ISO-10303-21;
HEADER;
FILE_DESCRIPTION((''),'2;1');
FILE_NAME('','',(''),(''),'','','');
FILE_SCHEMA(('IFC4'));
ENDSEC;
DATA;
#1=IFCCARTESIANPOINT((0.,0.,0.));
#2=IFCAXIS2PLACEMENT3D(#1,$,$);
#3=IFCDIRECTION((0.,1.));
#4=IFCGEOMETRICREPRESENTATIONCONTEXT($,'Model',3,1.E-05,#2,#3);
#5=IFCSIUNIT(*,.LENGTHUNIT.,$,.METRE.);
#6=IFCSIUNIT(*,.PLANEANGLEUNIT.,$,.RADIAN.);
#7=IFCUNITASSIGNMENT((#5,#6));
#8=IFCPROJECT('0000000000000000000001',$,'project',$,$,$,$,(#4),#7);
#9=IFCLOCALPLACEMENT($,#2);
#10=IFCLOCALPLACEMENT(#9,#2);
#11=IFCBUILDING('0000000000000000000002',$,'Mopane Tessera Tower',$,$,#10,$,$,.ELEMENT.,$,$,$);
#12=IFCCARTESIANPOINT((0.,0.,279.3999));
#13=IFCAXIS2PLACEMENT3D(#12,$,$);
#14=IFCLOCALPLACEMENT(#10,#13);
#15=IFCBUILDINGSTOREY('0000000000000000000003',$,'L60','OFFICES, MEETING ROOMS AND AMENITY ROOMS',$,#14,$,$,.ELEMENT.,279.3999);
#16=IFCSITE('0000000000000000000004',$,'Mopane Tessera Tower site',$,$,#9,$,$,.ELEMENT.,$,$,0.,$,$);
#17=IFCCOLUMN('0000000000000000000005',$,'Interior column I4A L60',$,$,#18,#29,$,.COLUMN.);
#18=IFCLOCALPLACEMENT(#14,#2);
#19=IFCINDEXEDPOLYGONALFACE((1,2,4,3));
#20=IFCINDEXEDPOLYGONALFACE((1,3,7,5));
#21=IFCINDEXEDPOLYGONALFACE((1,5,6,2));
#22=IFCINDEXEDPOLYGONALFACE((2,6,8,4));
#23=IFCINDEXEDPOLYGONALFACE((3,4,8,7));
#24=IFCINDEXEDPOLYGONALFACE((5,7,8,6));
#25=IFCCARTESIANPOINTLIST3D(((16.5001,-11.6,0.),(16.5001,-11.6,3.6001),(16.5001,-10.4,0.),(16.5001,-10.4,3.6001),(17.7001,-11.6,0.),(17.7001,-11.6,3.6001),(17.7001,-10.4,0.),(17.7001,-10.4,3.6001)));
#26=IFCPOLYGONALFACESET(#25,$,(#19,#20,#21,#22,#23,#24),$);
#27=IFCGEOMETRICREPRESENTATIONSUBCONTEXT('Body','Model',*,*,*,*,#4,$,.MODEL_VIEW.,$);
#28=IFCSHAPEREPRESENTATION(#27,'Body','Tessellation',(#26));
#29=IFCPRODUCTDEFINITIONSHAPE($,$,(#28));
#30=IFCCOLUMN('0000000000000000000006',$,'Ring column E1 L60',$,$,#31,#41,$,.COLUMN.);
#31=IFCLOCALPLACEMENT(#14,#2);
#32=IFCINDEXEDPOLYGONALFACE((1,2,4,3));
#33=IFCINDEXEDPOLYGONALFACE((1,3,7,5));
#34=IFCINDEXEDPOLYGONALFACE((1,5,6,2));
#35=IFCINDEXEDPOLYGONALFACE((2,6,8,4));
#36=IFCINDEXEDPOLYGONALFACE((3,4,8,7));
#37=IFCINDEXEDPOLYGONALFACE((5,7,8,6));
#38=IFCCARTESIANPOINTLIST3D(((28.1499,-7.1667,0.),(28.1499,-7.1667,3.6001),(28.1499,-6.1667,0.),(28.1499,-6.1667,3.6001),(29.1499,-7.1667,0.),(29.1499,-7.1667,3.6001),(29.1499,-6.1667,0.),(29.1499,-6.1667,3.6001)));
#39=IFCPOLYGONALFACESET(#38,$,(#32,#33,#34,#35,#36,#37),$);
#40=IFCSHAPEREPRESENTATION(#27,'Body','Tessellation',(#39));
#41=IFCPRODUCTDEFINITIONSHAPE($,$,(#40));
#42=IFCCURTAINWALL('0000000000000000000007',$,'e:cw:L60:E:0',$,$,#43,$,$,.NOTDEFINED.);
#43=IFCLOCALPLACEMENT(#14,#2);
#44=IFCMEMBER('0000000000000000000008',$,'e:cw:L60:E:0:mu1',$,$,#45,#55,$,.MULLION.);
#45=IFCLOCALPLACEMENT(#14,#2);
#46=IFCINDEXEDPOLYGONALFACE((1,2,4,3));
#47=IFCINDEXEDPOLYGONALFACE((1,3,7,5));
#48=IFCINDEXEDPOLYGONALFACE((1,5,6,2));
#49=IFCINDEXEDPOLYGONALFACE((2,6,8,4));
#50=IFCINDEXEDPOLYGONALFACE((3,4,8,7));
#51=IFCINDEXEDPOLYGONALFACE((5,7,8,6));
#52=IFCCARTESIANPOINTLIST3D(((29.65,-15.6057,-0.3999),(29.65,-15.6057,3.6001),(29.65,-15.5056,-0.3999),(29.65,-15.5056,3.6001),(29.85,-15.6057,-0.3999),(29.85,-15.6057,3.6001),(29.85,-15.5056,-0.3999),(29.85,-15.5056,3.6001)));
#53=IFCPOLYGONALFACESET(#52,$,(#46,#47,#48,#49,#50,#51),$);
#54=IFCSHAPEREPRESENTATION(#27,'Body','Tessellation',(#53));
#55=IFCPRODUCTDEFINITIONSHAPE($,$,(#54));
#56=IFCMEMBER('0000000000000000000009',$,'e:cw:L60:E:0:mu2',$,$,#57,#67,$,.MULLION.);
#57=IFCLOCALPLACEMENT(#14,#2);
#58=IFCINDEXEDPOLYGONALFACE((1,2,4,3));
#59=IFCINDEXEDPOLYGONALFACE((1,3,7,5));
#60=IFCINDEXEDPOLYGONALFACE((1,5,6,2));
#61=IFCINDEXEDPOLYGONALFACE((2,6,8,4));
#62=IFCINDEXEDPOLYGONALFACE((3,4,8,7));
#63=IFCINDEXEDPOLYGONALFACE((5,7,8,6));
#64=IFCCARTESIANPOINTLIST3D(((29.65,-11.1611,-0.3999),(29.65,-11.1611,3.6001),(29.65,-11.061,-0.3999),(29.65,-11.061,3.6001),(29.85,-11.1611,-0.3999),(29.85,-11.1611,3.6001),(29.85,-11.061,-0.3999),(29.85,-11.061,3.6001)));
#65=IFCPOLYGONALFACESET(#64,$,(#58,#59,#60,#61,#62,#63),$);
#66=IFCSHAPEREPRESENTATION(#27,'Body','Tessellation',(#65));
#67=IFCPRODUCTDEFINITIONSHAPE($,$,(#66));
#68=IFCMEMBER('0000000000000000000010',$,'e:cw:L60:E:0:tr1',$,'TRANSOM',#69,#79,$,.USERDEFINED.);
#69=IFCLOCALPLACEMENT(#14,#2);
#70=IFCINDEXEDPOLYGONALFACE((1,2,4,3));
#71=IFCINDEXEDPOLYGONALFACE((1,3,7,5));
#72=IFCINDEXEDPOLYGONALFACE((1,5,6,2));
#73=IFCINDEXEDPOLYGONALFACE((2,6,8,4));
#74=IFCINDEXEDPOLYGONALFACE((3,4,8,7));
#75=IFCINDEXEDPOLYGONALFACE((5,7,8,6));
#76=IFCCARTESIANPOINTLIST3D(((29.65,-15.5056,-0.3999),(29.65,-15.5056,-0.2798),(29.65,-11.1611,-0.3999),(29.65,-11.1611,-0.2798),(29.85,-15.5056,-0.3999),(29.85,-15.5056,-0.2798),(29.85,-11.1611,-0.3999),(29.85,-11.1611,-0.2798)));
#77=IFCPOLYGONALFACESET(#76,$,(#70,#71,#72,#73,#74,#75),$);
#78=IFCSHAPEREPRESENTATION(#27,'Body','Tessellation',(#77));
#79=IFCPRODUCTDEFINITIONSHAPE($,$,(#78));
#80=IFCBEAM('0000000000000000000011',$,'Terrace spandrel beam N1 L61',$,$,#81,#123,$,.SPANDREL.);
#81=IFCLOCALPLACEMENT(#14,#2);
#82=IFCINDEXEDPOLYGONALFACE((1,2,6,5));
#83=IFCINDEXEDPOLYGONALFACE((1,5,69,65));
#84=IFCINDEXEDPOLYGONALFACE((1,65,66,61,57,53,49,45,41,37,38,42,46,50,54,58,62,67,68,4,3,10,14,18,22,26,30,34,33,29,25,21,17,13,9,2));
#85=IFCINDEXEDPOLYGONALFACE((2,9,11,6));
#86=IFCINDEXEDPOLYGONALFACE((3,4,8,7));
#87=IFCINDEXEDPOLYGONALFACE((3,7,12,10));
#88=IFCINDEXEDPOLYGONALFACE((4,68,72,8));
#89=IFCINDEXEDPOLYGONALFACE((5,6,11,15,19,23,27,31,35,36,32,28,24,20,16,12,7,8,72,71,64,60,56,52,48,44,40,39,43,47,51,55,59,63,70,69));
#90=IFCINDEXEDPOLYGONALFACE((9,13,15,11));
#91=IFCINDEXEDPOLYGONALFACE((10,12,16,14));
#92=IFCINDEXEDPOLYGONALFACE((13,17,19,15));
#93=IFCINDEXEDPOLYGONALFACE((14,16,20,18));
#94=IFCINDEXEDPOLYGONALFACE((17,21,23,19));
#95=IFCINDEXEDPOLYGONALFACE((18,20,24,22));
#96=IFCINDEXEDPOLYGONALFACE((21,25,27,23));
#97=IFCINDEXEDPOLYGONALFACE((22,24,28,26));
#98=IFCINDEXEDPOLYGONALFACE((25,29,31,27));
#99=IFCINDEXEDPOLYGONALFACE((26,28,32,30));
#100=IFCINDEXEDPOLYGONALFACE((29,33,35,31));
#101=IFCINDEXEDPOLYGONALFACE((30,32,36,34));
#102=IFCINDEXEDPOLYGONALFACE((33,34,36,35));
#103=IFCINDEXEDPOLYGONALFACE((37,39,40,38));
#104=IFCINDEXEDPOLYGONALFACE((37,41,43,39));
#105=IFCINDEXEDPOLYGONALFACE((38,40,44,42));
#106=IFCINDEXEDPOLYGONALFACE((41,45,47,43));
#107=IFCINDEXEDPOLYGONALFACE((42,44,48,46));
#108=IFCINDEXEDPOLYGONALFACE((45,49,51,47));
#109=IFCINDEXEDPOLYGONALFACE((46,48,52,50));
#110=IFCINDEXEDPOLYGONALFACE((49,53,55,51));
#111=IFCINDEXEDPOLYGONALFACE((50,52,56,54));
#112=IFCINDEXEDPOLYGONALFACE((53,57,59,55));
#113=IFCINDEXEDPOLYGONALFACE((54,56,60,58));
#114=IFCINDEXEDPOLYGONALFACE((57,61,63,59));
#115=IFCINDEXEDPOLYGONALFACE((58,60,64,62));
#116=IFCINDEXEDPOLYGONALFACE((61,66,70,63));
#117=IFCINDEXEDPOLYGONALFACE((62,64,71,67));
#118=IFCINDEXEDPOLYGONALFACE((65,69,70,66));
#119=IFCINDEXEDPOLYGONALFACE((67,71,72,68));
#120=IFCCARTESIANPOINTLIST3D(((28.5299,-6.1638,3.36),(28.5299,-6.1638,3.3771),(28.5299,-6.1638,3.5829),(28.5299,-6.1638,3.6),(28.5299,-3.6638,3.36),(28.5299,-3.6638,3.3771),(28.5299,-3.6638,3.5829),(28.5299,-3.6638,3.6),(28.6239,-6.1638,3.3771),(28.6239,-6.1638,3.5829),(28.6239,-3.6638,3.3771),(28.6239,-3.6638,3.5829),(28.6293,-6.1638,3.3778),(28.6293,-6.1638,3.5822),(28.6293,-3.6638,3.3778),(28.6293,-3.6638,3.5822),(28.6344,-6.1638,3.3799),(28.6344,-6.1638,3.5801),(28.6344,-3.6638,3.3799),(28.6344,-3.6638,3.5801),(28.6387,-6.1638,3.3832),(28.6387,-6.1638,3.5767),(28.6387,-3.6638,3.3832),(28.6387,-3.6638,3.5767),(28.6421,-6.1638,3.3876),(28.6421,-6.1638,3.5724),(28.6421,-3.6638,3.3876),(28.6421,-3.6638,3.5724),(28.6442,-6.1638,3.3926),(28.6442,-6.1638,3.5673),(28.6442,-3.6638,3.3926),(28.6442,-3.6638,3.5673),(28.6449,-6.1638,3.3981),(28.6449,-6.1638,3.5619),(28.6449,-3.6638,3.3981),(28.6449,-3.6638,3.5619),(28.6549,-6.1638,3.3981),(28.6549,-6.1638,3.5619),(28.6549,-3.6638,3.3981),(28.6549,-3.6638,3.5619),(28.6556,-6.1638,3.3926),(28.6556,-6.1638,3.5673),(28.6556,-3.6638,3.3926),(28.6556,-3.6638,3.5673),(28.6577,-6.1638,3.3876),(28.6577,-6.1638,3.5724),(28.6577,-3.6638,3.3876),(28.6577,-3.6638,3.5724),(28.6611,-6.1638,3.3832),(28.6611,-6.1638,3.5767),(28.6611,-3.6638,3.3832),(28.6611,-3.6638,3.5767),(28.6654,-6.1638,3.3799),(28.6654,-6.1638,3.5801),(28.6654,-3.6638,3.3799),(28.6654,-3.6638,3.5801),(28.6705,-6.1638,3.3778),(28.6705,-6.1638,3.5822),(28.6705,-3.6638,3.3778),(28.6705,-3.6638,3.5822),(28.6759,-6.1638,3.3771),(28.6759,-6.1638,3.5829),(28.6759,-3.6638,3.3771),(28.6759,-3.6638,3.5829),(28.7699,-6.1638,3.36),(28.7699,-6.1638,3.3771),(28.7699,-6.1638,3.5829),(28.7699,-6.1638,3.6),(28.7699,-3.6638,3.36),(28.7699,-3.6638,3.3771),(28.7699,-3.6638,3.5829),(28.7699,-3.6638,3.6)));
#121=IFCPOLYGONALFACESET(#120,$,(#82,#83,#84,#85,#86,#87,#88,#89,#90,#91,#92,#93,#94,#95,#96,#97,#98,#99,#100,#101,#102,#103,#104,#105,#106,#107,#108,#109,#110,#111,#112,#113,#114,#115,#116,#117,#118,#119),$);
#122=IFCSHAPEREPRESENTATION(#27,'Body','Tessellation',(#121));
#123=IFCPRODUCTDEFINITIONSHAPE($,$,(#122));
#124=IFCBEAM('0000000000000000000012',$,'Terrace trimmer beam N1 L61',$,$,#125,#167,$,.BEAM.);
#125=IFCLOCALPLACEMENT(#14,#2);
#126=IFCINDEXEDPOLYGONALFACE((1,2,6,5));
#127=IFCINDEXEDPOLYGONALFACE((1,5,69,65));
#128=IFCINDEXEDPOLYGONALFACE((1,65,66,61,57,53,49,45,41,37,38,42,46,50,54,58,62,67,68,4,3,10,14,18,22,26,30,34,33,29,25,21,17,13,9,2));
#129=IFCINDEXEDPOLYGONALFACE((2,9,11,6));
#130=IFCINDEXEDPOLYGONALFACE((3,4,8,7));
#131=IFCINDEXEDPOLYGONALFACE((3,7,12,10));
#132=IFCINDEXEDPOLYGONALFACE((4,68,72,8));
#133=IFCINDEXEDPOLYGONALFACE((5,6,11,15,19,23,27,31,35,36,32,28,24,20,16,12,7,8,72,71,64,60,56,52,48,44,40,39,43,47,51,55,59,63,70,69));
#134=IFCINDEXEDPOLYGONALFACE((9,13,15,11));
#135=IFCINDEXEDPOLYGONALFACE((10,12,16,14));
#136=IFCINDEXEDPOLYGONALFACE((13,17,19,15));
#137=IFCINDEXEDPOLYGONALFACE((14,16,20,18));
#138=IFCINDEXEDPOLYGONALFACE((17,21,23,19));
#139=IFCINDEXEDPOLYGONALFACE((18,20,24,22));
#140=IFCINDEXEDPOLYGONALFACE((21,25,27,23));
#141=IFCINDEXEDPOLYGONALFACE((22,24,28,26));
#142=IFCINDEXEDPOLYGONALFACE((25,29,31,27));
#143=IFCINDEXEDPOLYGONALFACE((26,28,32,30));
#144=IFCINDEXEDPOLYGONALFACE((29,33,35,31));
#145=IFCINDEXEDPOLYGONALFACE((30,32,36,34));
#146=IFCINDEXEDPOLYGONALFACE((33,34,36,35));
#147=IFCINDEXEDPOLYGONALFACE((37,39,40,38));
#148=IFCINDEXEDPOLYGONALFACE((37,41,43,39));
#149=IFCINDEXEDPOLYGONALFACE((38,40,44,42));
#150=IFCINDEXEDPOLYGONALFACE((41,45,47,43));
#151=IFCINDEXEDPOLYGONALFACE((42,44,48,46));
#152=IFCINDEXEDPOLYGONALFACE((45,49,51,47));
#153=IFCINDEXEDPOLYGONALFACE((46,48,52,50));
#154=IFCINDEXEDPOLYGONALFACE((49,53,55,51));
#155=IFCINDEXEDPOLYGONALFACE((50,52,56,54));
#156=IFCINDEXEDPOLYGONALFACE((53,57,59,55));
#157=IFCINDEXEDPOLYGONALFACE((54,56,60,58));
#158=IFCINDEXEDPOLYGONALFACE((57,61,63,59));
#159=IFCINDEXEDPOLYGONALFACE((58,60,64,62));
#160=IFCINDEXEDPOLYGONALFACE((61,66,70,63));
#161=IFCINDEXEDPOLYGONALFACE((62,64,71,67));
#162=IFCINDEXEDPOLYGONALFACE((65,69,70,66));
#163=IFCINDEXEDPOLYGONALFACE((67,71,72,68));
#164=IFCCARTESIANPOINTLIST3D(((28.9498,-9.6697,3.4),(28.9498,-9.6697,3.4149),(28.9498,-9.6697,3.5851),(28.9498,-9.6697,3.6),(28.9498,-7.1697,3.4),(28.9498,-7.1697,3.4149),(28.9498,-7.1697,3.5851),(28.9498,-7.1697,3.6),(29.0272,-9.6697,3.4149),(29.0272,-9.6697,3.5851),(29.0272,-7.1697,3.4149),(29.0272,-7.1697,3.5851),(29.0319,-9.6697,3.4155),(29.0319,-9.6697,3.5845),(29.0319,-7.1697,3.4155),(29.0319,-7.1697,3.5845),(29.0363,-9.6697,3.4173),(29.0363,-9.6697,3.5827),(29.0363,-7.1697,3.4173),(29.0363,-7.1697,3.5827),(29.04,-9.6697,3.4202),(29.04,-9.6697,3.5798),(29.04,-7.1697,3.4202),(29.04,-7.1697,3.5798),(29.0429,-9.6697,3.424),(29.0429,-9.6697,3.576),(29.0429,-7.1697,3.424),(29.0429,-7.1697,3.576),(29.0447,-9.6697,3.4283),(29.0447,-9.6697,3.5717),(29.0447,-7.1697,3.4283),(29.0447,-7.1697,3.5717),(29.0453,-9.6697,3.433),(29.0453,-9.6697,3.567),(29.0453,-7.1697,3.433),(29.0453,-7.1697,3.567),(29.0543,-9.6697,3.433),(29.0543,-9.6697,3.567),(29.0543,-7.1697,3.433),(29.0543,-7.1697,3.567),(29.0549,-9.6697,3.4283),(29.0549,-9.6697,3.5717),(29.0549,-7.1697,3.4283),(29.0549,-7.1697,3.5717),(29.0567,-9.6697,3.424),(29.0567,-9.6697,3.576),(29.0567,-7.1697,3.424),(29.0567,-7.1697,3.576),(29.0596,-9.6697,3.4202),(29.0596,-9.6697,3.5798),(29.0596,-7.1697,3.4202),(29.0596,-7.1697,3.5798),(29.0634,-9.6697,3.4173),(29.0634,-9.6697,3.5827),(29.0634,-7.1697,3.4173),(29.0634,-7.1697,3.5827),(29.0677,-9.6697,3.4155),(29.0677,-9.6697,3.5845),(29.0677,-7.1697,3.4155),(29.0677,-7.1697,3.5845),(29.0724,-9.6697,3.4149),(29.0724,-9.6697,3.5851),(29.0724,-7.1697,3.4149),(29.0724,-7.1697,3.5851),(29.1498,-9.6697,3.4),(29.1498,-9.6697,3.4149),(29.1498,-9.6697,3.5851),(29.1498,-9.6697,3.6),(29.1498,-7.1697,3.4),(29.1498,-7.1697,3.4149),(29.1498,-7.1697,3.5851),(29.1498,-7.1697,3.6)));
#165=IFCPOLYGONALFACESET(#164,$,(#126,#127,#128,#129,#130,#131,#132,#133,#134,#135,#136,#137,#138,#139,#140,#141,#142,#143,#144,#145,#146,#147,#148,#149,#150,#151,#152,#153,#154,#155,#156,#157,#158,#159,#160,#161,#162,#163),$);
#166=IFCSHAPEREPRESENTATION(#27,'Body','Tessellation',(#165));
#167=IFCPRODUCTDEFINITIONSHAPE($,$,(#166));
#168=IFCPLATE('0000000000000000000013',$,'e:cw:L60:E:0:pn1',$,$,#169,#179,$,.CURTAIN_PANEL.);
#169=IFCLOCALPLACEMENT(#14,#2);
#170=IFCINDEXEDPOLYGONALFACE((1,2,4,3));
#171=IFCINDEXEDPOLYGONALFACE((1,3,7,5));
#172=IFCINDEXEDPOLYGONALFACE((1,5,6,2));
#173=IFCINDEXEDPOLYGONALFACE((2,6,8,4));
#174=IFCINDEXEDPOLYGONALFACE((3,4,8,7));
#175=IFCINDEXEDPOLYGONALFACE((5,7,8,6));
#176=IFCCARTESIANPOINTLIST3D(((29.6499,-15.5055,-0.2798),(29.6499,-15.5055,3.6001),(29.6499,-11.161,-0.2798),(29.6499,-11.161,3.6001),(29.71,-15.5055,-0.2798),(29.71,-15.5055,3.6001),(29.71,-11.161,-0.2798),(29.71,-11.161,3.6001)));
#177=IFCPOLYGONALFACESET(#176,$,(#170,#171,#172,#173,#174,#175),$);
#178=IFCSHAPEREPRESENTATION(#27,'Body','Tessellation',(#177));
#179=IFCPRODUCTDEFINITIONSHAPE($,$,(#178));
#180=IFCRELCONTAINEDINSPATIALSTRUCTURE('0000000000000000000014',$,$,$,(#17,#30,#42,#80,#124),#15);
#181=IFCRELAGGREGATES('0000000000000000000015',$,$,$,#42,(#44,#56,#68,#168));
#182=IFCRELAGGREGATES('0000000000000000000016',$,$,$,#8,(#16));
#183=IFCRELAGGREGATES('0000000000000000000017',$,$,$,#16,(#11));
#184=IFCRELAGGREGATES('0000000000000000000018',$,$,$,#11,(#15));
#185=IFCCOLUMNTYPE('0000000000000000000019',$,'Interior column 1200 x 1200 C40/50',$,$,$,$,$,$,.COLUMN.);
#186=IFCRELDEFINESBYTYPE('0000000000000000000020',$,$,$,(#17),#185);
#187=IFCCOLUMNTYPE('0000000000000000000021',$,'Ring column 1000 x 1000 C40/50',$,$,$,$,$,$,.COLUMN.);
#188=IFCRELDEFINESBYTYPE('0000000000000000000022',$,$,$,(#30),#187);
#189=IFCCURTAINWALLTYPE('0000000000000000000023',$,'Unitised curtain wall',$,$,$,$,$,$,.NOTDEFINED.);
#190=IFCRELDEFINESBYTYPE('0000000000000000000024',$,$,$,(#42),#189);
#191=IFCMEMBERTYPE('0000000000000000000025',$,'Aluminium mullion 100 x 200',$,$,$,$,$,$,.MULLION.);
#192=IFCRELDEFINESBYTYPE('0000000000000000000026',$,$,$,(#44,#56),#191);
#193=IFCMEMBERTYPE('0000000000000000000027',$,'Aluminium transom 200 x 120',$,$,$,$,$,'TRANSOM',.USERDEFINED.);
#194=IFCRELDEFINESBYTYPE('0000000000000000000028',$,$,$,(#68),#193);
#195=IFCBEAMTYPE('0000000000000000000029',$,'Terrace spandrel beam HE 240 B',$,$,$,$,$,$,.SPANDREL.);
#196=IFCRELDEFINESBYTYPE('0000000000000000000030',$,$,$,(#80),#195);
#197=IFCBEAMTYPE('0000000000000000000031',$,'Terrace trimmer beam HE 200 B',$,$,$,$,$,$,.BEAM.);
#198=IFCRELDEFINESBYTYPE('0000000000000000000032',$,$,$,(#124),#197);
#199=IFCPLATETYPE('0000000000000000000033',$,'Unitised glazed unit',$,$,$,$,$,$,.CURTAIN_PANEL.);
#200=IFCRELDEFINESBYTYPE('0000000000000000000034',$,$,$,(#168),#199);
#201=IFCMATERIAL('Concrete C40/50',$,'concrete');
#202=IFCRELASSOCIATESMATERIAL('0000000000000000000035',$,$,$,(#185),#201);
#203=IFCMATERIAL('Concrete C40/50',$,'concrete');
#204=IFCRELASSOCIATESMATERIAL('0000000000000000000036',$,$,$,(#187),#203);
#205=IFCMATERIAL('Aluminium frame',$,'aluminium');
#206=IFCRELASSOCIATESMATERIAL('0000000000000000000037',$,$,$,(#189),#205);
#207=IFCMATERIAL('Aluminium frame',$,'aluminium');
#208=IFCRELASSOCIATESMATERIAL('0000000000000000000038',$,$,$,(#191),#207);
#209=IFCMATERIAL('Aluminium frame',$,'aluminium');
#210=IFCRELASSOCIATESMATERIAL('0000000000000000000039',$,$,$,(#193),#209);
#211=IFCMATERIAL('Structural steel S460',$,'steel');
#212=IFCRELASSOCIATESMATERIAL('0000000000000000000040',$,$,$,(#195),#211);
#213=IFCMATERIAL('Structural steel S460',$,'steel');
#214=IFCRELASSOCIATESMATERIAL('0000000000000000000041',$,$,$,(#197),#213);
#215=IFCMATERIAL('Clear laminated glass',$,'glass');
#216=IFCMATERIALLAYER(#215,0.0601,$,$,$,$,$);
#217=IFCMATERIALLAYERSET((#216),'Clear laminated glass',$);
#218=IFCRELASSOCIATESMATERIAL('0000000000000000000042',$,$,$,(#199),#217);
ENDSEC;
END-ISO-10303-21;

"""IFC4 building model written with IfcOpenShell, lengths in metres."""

from ifc_helpers import new_model, si_unit, direction, frame, origin, origin_2d, place, context, subcontext, project, spatial, rectangle, i_section, extrude, material, layer, layer_set, material_profile, profile_set, type_object, element, aggregate, save


model = new_model("IFC4")

# Units and contexts
model_context = context("Model", 3, precision=1e-05, world=origin(), true_north=direction((0.0, 1.0)))
body_context = subcontext(model_context, "Body", "Model", "MODEL_VIEW")
ifc_project = project(units=[si_unit("LENGTHUNIT", "METRE"), si_unit("PLANEANGLEUNIT", "RADIAN")], contexts=[model_context])

# Site, building, storey
site_placement = place(None, origin())
site = spatial("IfcSite", under=ifc_project, at=site_placement, Name="Mopane Tessera Tower site", CompositionType="ELEMENT", RefElevation=0.0)
building_placement = place(site_placement, origin())
building = spatial("IfcBuilding", under=site, at=building_placement, Name="Mopane Tessera Tower", CompositionType="ELEMENT")
storey_placement = place(building_placement, frame((0.0, 0.0, 279.3999)))
storey = spatial("IfcBuildingStorey", under=building, at=storey_placement, Name="L60", Description="OFFICES, MEETING ROOMS AND AMENITY ROOMS", CompositionType="ELEMENT", Elevation=279.3999)

# Columns
ifc_material_1 = material(Name="Concrete C40/50", Category="concrete")
ifc_material_profile_1 = material_profile(ifc_material_1, rectangle(XDim=1.2, YDim=1.2, at=origin_2d()))
ifc_profile_set_1 = profile_set([ifc_material_profile_1], Name="Concrete C40/50")
column_type_1 = type_object("IfcColumnType", Name="Interior column 1200 x 1200 C40/50", PredefinedType="COLUMN", material=ifc_profile_set_1)
column_1_placement = place(storey_placement, frame((17.1001, -11.0, 0.0), z_axis=(0.0, 0.0, 1.0), x_axis=(1.0, 0.0, 0.0)))
element("IfcColumn", 1, at=column_1_placement, inside=storey, type_object=column_type_1, Name="Interior column I4A L60", PredefinedType="COLUMN", context=body_context, shape_type="SweptSolid", body=[
    extrude(rectangle(XDim=1.2, YDim=1.2, at=origin_2d()), origin(), (0.0, 0.0, 1.0), 3.6001),
])
ifc_material_2 = material(Name="Concrete C40/50", Category="concrete")
ifc_material_profile_2 = material_profile(ifc_material_2, rectangle(XDim=1.0, YDim=1.0, at=origin_2d()))
ifc_profile_set_2 = profile_set([ifc_material_profile_2], Name="Concrete C40/50")
column_type_2 = type_object("IfcColumnType", Name="Ring column 1000 x 1000 C40/50", PredefinedType="COLUMN", material=ifc_profile_set_2)
column_2_placement = place(storey_placement, frame((28.6499, -6.6667, 0.0), z_axis=(0.0, 0.0, 1.0), x_axis=(1.0, 0.0, 0.0)))
element("IfcColumn", 2, at=column_2_placement, inside=storey, type_object=column_type_2, Name="Ring column E1 L60", PredefinedType="COLUMN", context=body_context, shape_type="SweptSolid", body=[
    extrude(rectangle(XDim=1.0, YDim=1.0, at=origin_2d()), origin(), (0.0, 0.0, 1.0), 3.6001),
])

# Curtain wall, members
ifc_material_3 = material(Name="Aluminium frame", Category="aluminium")
curtain_wall_type = type_object("IfcCurtainWallType", Name="Unitised curtain wall", PredefinedType="NOTDEFINED", material=ifc_material_3)
curtain_wall_placement = place(storey_placement, origin())
curtain_wall = element("IfcCurtainWall", 3, at=curtain_wall_placement, inside=storey, type_object=curtain_wall_type, Name="e:cw:L60:E:0", PredefinedType="NOTDEFINED")
ifc_material_4 = material(Name="Aluminium frame", Category="aluminium")
ifc_material_profile_3 = material_profile(ifc_material_4, rectangle(XDim=0.1001, YDim=0.2, at=origin_2d()))
ifc_profile_set_3 = profile_set([ifc_material_profile_3], Name="Aluminium frame")
member_type_1 = type_object("IfcMemberType", Name="Aluminium mullion 100 x 200", PredefinedType="MULLION", material=ifc_profile_set_3)
member_1_placement = place(storey_placement, frame((29.75, -15.5557, -0.3999), z_axis=(0.0, 0.0, 1.0), x_axis=(0.0, 1.0, 0.0)))
member_1 = element("IfcMember", 4, at=member_1_placement, type_object=member_type_1, Name="e:cw:L60:E:0:mu1", PredefinedType="MULLION", context=body_context, shape_type="SweptSolid", body=[
    extrude(rectangle(XDim=0.1001, YDim=0.2, at=origin_2d()), origin(), (0.0, 0.0, 1.0), 4.0),
])
member_2_placement = place(storey_placement, frame((29.75, -11.1111, -0.3999), z_axis=(0.0, 0.0, 1.0), x_axis=(0.0, 1.0, 0.0)))
member_2 = element("IfcMember", 5, at=member_2_placement, type_object=member_type_1, Name="e:cw:L60:E:0:mu2", PredefinedType="MULLION", context=body_context, shape_type="SweptSolid", body=[
    extrude(rectangle(XDim=0.1001, YDim=0.2, at=origin_2d()), origin(), (0.0, 0.0, 1.0), 4.0),
])
ifc_material_5 = material(Name="Aluminium frame", Category="aluminium")
ifc_material_profile_4 = material_profile(ifc_material_5, rectangle(XDim=0.2, YDim=0.1201, at=origin_2d()))
ifc_profile_set_4 = profile_set([ifc_material_profile_4], Name="Aluminium frame")
member_type_2 = type_object("IfcMemberType", Name="Aluminium transom 200 x 120", ElementType="TRANSOM", PredefinedType="USERDEFINED", material=ifc_profile_set_4)
member_3_placement = place(storey_placement, frame((29.75, -15.5056, -0.3398), z_axis=(0.0, 1.0, 0.0), x_axis=(-1.0, 0.0, 0.0)))
member_3 = element("IfcMember", 6, at=member_3_placement, type_object=member_type_2, Name="e:cw:L60:E:0:tr1", ObjectType="TRANSOM", PredefinedType="USERDEFINED", context=body_context, shape_type="SweptSolid", body=[
    extrude(rectangle(XDim=0.2, YDim=0.1201, at=origin_2d()), origin(), (0.0, 0.0, 1.0), 4.3445),
])

# Beams
ifc_material_6 = material(Name="Structural steel S460", Category="steel")
ifc_material_profile_5 = material_profile(ifc_material_6, i_section(OverallWidth=0.24, OverallDepth=0.24, WebThickness=0.01, FlangeThickness=0.0171, FilletRadius=0.021, at=origin_2d()))
ifc_profile_set_5 = profile_set([ifc_material_profile_5], Name="Structural steel S460")
beam_type_1 = type_object("IfcBeamType", Name="Terrace spandrel beam HE 240 B", PredefinedType="SPANDREL", material=ifc_profile_set_5)
beam_1_placement = place(storey_placement, frame((28.6499, -6.1638, 3.48), z_axis=(0.0, 1.0, 0.0), x_axis=(-1.0, 0.0, 0.0)))
element("IfcBeam", 7, at=beam_1_placement, inside=storey, type_object=beam_type_1, Name="Terrace spandrel beam N1 L61", PredefinedType="SPANDREL", context=body_context, shape_type="SweptSolid", body=[
    extrude(i_section(OverallWidth=0.24, OverallDepth=0.24, WebThickness=0.01, FlangeThickness=0.0171, FilletRadius=0.021, at=origin_2d()), origin(), (0.0, 0.0, 1.0), 2.5),
])
ifc_material_7 = material(Name="Structural steel S460", Category="steel")
ifc_material_profile_6 = material_profile(ifc_material_7, i_section(OverallWidth=0.2, OverallDepth=0.2, WebThickness=0.009, FlangeThickness=0.0149, FilletRadius=0.0181, at=origin_2d()))
ifc_profile_set_6 = profile_set([ifc_material_profile_6], Name="Structural steel S460")
beam_type_2 = type_object("IfcBeamType", Name="Terrace trimmer beam HE 200 B", PredefinedType="BEAM", material=ifc_profile_set_6)
beam_2_placement = place(storey_placement, frame((29.0498, -7.1697, 3.5), z_axis=(0.0, -1.0, 0.0), x_axis=(1.0, 0.0, 0.0)))
element("IfcBeam", 8, at=beam_2_placement, inside=storey, type_object=beam_type_2, Name="Terrace trimmer beam N1 L61", PredefinedType="BEAM", context=body_context, shape_type="SweptSolid", body=[
    extrude(i_section(OverallWidth=0.2, OverallDepth=0.2, WebThickness=0.009, FlangeThickness=0.0149, FilletRadius=0.0181, at=origin_2d()), origin(), (0.0, 0.0, 1.0), 2.5),
])

# Plate
ifc_material_8 = material(Name="Clear laminated glass", Category="glass")
ifc_layer_1 = layer(ifc_material_8, 0.0601)
ifc_layer_set_1 = layer_set([ifc_layer_1], Name="Clear laminated glass")
plate_type = type_object("IfcPlateType", Name="Unitised glazed unit", PredefinedType="CURTAIN_PANEL", material=ifc_layer_set_1)
plate_placement = place(storey_placement, frame((29.6799, -13.3333, -0.2798), z_axis=(0.0, 0.0, 1.0), x_axis=(0.0, 1.0, 0.0)))
plate = element("IfcPlate", 9, at=plate_placement, type_object=plate_type, Name="e:cw:L60:E:0:pn1", PredefinedType="CURTAIN_PANEL", context=body_context, shape_type="SweptSolid", body=[
    extrude(rectangle(XDim=4.3445, YDim=0.0601, at=origin_2d()), origin(), (0.0, 0.0, 1.0), 3.8799),
])
aggregate(curtain_wall, [member_1, member_2, member_3, plate])

save(model, "model.ifc")
